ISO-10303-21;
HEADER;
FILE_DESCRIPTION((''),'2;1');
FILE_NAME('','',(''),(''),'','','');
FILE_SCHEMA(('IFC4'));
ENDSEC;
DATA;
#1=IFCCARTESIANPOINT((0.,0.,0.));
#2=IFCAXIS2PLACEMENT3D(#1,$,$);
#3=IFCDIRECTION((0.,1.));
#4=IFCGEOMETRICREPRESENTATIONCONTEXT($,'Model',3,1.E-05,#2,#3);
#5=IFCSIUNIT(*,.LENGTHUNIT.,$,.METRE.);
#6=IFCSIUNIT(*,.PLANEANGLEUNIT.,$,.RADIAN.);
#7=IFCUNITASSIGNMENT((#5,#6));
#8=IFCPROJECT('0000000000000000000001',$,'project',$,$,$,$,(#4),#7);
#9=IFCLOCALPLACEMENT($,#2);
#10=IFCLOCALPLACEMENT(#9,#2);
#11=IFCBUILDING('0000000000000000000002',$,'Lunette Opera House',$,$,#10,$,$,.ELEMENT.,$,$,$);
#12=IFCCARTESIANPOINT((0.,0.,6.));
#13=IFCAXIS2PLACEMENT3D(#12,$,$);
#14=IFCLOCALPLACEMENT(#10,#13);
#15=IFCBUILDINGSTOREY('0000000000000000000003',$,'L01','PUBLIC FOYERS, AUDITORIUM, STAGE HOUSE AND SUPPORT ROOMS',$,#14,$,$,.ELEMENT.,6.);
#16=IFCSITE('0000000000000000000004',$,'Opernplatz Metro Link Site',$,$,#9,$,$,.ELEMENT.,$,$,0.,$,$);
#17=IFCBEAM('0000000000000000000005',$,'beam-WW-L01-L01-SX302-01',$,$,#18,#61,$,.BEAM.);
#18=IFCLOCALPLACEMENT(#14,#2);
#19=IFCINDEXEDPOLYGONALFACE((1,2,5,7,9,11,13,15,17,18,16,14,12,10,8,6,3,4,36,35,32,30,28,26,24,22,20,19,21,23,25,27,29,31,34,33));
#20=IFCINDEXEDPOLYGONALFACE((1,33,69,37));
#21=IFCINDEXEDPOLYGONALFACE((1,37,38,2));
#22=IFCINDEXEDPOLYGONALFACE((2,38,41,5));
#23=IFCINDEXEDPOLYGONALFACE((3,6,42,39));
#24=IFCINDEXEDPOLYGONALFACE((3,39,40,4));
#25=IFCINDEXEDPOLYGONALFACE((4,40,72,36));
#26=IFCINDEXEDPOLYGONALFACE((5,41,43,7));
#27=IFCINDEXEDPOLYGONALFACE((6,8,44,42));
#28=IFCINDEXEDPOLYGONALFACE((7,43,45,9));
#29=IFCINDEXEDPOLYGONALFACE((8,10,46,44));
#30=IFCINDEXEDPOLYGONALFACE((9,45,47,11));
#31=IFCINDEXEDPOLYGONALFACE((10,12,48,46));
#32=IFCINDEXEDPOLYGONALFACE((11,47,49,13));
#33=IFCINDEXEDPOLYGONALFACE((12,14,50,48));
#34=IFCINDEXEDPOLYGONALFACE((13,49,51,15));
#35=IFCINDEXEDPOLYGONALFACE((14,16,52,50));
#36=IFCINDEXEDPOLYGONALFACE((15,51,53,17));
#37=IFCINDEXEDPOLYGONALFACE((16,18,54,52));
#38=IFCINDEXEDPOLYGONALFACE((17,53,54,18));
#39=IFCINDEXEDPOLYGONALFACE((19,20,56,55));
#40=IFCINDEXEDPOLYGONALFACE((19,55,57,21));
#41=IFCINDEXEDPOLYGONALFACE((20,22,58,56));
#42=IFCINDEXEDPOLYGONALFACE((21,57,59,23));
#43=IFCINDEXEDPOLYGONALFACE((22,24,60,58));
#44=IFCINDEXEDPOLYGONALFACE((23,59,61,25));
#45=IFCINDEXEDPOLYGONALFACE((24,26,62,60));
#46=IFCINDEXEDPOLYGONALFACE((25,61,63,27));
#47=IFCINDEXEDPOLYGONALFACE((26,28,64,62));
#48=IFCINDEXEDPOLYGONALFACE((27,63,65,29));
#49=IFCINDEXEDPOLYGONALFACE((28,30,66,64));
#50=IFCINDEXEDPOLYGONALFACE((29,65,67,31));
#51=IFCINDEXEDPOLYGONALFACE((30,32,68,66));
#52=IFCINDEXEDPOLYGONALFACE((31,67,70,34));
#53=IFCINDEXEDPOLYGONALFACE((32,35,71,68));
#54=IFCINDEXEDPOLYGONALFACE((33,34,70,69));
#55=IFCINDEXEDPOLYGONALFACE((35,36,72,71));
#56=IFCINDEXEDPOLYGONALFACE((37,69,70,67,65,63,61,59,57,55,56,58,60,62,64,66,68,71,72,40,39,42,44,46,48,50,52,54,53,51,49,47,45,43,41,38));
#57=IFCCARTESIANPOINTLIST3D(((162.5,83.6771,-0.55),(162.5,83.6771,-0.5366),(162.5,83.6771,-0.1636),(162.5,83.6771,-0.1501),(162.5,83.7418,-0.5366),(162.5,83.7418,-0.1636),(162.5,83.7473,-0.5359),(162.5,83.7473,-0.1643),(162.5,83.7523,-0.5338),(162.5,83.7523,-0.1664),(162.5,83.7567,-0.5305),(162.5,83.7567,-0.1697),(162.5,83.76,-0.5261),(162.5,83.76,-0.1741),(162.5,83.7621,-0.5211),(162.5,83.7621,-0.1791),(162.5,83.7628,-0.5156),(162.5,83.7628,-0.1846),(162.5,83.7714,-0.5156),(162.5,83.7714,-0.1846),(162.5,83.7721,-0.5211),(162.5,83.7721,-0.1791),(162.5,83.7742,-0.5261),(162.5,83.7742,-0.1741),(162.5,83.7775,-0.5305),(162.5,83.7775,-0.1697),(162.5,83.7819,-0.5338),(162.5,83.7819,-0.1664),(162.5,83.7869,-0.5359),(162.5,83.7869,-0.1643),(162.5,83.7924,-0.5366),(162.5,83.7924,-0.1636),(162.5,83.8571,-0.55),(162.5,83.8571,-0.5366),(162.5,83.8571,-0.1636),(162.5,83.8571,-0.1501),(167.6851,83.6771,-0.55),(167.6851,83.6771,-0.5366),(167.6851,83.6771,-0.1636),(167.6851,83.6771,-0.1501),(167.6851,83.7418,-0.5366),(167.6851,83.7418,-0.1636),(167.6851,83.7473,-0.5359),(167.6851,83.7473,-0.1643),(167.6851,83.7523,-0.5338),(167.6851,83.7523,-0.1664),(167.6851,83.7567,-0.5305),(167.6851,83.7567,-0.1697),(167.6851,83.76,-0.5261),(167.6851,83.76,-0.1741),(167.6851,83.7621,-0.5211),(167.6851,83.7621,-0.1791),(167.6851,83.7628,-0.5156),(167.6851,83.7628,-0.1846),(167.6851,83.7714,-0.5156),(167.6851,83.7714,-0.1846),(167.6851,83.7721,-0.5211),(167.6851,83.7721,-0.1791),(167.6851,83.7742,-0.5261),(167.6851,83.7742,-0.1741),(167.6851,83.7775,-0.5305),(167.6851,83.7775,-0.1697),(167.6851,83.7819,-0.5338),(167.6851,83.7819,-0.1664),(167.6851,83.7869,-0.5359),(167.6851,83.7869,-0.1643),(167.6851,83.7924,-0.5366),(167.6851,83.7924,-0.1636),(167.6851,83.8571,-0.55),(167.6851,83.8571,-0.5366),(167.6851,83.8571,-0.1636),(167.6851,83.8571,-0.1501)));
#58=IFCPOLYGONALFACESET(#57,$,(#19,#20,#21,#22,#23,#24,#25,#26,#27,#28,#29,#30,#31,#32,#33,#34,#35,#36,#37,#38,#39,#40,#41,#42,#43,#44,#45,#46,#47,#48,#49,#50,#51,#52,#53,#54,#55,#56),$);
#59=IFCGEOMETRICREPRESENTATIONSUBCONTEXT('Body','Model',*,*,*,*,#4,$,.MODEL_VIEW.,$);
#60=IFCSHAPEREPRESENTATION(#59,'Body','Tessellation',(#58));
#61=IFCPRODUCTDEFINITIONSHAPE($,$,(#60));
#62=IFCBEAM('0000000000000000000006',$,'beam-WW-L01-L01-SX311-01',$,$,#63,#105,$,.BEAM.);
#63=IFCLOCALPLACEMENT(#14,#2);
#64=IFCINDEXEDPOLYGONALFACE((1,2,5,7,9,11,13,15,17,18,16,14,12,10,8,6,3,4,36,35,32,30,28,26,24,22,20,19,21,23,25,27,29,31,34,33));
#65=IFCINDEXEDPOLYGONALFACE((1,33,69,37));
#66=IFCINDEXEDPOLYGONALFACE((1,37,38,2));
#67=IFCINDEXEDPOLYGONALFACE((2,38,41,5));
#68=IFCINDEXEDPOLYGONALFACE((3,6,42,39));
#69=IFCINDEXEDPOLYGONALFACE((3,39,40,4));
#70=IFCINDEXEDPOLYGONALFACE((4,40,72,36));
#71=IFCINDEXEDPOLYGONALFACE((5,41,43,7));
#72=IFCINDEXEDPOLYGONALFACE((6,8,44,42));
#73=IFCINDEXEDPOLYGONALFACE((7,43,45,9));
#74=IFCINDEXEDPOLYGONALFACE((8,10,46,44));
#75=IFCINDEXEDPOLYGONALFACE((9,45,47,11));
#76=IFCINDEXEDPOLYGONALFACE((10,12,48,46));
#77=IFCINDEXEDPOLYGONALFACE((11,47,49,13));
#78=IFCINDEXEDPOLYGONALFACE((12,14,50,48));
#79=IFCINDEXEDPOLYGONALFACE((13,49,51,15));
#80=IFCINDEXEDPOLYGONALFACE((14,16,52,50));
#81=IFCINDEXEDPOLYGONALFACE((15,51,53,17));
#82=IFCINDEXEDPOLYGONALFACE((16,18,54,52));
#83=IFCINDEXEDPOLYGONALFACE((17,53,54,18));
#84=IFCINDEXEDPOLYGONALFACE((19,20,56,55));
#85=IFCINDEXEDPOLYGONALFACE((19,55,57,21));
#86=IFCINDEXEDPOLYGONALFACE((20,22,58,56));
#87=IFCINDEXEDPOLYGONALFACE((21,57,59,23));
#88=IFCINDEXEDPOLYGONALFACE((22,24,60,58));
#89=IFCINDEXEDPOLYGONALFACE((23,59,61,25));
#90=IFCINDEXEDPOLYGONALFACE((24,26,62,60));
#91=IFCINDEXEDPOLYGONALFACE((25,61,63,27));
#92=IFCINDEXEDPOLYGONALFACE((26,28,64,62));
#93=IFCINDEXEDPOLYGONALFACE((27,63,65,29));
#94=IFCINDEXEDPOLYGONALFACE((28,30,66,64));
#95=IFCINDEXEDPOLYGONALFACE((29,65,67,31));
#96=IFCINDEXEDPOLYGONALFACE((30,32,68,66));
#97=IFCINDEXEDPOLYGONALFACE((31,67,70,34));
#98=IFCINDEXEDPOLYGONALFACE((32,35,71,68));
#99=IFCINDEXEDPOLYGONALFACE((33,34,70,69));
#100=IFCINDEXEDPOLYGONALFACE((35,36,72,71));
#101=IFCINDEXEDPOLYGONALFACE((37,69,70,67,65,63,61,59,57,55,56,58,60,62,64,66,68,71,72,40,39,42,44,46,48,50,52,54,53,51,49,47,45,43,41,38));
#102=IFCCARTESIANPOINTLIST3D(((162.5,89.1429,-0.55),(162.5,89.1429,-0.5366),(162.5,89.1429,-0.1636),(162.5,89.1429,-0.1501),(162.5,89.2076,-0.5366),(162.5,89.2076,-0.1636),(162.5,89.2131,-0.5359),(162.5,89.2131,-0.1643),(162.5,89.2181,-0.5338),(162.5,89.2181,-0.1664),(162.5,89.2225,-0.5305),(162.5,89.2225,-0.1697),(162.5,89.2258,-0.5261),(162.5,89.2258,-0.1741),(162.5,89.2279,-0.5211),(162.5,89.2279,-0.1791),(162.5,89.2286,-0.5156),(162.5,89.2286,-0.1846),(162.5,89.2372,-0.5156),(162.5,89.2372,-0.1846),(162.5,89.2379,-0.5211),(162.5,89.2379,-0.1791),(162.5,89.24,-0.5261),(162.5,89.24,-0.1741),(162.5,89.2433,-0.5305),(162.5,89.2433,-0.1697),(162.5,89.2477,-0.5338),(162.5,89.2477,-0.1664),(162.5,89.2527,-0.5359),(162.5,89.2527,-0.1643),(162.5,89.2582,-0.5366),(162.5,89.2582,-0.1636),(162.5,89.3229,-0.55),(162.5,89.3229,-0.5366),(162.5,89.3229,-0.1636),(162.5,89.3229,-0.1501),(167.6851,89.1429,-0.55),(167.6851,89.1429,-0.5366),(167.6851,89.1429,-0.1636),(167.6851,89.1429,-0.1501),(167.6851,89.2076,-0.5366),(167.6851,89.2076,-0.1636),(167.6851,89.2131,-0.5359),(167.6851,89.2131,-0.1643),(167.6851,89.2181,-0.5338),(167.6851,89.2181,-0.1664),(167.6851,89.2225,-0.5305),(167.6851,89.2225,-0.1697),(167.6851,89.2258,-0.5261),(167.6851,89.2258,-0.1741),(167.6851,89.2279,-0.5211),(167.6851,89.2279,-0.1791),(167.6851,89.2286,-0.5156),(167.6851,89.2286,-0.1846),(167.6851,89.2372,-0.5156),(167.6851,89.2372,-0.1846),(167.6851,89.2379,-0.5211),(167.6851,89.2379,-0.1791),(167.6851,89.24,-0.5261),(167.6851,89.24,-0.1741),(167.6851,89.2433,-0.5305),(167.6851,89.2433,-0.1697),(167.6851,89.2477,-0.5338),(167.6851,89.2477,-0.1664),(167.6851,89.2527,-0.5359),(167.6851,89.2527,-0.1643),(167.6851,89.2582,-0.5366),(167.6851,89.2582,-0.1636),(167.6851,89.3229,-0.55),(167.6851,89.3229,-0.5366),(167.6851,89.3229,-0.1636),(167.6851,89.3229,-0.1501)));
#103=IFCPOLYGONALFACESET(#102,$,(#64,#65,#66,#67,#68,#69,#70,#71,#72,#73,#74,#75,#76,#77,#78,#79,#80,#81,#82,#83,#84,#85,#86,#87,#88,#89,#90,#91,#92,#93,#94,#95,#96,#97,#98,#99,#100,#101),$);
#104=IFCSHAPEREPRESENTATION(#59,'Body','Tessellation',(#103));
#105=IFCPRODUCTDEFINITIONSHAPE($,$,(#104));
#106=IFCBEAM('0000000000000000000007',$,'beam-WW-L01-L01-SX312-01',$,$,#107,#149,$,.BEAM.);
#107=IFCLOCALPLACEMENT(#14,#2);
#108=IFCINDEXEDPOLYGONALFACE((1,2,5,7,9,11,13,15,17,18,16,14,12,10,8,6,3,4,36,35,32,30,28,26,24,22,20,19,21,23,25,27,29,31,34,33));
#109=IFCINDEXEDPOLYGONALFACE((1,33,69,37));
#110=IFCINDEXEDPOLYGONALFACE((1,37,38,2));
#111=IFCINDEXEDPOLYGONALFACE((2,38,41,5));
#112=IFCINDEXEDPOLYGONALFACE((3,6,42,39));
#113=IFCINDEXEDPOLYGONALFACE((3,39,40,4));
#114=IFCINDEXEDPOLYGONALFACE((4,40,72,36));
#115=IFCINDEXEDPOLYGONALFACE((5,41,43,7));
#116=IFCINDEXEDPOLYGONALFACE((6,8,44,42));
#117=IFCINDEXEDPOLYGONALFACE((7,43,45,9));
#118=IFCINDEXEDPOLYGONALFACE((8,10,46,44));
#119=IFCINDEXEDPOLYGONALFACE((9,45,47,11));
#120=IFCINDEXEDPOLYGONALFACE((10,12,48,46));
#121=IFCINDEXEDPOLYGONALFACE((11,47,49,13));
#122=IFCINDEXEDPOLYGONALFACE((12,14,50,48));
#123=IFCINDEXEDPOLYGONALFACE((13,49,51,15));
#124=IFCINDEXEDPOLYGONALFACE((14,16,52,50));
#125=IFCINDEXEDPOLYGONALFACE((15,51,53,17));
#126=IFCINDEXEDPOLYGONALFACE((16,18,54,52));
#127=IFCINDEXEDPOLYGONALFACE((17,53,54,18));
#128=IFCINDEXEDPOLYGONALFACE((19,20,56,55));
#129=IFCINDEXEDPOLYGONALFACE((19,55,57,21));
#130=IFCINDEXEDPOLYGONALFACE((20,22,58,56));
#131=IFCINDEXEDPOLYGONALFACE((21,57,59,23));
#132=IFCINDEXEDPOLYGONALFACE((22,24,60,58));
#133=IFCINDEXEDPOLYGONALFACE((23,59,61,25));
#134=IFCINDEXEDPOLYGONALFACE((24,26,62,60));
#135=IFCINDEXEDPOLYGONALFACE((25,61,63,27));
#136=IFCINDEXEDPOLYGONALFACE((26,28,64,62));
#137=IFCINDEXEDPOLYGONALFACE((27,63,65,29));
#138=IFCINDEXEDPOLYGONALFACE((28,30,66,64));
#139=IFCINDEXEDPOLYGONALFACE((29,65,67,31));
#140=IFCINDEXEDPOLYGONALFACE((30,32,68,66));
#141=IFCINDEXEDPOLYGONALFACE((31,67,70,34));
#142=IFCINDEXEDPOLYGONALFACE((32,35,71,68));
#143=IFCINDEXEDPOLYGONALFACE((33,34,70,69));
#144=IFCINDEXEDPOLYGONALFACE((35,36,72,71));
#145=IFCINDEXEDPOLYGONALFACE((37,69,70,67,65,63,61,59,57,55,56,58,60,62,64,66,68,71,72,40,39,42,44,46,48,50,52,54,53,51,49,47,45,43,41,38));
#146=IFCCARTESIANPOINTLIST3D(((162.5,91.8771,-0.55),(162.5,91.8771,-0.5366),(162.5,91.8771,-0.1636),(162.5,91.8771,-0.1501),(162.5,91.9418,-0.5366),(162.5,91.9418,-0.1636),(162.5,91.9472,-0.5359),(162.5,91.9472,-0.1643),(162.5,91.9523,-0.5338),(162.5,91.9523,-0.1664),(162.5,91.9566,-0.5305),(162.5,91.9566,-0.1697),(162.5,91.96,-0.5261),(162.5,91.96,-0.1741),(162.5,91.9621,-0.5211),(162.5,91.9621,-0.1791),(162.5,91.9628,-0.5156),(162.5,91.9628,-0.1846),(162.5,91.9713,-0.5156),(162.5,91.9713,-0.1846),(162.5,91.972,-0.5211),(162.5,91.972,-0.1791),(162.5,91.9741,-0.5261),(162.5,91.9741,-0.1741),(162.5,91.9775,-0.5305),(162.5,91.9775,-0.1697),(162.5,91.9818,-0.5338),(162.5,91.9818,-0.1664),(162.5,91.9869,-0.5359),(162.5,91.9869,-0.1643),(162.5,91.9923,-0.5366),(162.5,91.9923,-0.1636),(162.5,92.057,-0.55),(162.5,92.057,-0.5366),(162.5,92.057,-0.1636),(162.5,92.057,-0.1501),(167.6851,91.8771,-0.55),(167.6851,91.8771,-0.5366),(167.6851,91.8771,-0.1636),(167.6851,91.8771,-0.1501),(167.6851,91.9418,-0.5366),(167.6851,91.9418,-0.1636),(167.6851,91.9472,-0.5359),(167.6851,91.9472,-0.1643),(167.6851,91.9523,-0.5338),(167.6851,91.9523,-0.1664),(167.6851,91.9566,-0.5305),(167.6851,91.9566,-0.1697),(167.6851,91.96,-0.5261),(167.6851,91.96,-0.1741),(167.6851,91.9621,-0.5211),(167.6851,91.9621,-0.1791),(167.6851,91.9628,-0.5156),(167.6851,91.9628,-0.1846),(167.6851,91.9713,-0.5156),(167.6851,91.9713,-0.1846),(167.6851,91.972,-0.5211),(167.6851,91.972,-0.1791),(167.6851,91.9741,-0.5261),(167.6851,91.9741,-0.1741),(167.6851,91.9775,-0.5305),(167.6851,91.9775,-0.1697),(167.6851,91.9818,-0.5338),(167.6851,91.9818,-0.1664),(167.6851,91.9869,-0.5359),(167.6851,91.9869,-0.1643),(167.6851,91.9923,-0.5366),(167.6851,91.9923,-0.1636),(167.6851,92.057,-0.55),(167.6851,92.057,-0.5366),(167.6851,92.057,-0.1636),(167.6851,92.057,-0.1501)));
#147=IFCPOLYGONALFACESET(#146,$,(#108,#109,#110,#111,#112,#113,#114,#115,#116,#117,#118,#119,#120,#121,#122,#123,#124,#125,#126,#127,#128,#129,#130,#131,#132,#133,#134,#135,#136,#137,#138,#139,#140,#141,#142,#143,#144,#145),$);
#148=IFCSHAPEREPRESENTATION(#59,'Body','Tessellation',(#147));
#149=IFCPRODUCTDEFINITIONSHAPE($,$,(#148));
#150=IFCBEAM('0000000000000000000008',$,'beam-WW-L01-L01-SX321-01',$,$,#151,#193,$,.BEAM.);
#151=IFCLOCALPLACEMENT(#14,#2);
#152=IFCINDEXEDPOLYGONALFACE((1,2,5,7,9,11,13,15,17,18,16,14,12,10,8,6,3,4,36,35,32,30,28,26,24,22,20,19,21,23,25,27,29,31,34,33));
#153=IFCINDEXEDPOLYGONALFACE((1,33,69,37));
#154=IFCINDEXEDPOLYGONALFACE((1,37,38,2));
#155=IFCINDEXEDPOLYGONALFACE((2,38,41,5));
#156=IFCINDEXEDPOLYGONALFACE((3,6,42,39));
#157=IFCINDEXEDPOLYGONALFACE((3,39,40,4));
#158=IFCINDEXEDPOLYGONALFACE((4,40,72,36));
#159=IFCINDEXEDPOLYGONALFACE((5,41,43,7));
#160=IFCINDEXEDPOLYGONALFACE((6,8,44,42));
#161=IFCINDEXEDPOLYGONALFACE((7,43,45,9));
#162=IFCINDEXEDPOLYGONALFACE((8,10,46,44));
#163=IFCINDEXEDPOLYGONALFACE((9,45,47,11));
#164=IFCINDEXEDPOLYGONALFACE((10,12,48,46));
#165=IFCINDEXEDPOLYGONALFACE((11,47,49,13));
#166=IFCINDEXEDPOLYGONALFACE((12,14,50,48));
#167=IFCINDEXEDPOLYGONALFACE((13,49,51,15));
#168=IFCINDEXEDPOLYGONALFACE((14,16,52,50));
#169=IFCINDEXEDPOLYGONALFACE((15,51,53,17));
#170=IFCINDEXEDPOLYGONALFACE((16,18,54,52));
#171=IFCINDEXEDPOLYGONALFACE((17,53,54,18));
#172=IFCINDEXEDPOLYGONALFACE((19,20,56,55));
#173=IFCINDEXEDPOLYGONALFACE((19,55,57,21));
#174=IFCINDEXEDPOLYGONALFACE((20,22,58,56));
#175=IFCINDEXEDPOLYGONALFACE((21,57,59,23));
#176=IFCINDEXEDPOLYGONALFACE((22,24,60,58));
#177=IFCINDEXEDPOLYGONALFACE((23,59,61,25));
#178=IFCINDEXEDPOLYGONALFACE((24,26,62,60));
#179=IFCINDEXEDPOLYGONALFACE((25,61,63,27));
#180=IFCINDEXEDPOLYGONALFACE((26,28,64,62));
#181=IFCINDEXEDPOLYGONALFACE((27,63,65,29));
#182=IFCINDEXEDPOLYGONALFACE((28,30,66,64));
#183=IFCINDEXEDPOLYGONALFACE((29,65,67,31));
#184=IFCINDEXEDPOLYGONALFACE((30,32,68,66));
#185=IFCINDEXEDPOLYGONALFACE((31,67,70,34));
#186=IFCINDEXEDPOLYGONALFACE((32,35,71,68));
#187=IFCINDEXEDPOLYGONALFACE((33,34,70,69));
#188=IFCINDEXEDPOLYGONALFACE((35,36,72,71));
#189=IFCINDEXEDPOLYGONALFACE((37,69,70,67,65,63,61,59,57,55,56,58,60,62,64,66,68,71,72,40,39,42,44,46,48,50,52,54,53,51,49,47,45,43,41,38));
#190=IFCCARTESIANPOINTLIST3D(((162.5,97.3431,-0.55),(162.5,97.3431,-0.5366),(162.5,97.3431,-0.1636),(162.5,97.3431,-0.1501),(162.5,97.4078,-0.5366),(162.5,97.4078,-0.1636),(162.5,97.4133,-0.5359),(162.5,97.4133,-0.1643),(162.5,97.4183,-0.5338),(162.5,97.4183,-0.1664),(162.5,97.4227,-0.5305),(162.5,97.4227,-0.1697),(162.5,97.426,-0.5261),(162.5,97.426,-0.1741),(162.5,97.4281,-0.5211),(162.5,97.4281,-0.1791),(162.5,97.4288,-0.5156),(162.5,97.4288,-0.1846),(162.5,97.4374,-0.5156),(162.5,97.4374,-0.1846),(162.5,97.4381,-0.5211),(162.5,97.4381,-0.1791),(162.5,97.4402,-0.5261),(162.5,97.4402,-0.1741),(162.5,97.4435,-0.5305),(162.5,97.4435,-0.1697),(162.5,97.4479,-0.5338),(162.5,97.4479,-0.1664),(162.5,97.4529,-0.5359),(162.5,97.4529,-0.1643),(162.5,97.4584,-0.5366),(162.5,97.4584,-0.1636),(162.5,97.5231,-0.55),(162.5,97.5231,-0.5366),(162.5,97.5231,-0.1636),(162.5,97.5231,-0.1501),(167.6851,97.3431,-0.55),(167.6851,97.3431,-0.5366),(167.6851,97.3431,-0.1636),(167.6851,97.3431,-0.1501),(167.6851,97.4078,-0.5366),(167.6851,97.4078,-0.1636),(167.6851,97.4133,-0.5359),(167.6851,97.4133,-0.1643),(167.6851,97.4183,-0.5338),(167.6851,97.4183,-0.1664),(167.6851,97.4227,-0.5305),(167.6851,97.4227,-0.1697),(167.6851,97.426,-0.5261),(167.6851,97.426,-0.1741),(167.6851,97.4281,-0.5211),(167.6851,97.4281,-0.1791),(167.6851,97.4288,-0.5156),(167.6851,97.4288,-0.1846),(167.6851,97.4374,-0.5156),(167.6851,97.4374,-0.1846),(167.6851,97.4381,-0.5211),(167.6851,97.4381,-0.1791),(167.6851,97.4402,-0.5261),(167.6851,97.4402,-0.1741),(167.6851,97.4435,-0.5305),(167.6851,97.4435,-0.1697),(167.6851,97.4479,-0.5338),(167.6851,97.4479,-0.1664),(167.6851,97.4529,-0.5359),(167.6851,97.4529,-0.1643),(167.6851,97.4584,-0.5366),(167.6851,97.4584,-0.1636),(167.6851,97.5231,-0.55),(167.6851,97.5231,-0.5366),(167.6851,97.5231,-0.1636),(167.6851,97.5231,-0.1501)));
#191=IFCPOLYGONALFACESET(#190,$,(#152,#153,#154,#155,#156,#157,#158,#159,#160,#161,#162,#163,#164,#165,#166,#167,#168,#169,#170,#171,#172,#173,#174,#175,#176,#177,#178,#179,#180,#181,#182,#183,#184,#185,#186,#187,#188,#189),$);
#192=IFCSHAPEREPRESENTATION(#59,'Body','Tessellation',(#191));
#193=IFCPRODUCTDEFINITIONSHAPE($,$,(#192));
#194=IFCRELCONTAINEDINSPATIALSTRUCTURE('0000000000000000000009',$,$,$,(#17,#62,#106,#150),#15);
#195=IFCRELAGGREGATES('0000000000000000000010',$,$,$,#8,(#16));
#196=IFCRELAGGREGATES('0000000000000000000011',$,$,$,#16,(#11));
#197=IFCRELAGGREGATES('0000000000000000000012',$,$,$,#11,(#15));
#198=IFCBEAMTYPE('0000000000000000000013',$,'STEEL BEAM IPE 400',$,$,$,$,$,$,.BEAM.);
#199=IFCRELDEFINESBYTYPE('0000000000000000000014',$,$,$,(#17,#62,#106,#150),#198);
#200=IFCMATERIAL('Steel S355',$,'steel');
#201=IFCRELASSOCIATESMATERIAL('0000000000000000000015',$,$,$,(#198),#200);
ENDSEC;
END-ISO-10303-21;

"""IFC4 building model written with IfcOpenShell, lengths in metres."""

from ifc_helpers import new_model, si_unit, direction, frame, origin, origin_2d, place, context, subcontext, project, spatial, i_section, extrude, material, material_profile, profile_set, type_object, element, save


model = new_model("IFC4")

# Units and contexts
model_context = context("Model", 3, precision=1e-05, world=origin(), true_north=direction((0.0, 1.0)))
body_context = subcontext(model_context, "Body", "Model", "MODEL_VIEW")
ifc_project = project(units=[si_unit("LENGTHUNIT", "METRE"), si_unit("PLANEANGLEUNIT", "RADIAN")], contexts=[model_context])

# Site, building, storey
site_placement = place(None, origin())
site = spatial("IfcSite", under=ifc_project, at=site_placement, Name="Opernplatz Metro Link Site", CompositionType="ELEMENT", RefElevation=0.0)
building_placement = place(site_placement, origin())
building = spatial("IfcBuilding", under=site, at=building_placement, Name="Lunette Opera House", CompositionType="ELEMENT")
storey_placement = place(building_placement, frame((0.0, 0.0, 6.0)))
storey = spatial("IfcBuildingStorey", under=building, at=storey_placement, Name="L01", Description="PUBLIC FOYERS, AUDITORIUM, STAGE HOUSE AND SUPPORT ROOMS", CompositionType="ELEMENT", Elevation=6.0)

# Beams
ifc_material_1 = material(Name="Steel S355", Category="steel")
ifc_material_profile_1 = material_profile(ifc_material_1, i_section(OverallWidth=0.1799, OverallDepth=0.3999, WebThickness=0.0085, FlangeThickness=0.0134, FilletRadius=0.021, at=origin_2d()), Name="IPE 400")
ifc_profile_set_1 = profile_set([ifc_material_profile_1], Name="Steel S355")
beam_type_1 = type_object("IfcBeamType", Name="STEEL BEAM IPE 400", PredefinedType="BEAM", material=ifc_profile_set_1)
for number, where, z_axis, x_axis, name in (
    (1, (162.5, 83.7671, -0.3501), (1.0, 0.0, 0.0), (0.0, 1.0, 0.0), "beam-WW-L01-L01-SX302-01"),
    (2, (162.5, 89.2329, -0.3501), (1.0, 0.0, 0.0), (0.0, 1.0, 0.0), "beam-WW-L01-L01-SX311-01"),
    (3, (162.5, 91.967, -0.3501), (1.0, 0.0, 0.0), (0.0, 1.0, 0.0), "beam-WW-L01-L01-SX312-01"),
    (4, (162.5, 97.4331, -0.3501), (1.0, 0.0, 0.0), (0.0, 1.0, 0.0), "beam-WW-L01-L01-SX321-01"),
):
    element("IfcBeam", number, at=place(storey_placement, frame(where, z_axis=z_axis, x_axis=x_axis)), inside=storey, type_object=beam_type_1, Name=name, PredefinedType="BEAM", context=body_context, shape_type="SweptSolid", body=[
        extrude(i_section(OverallWidth=0.1799, OverallDepth=0.3999, WebThickness=0.0085, FlangeThickness=0.0134, FilletRadius=0.021, at=origin_2d()), origin(), (0.0, 0.0, 1.0), 5.1851),
    ])

save(model, "model.ifc")
